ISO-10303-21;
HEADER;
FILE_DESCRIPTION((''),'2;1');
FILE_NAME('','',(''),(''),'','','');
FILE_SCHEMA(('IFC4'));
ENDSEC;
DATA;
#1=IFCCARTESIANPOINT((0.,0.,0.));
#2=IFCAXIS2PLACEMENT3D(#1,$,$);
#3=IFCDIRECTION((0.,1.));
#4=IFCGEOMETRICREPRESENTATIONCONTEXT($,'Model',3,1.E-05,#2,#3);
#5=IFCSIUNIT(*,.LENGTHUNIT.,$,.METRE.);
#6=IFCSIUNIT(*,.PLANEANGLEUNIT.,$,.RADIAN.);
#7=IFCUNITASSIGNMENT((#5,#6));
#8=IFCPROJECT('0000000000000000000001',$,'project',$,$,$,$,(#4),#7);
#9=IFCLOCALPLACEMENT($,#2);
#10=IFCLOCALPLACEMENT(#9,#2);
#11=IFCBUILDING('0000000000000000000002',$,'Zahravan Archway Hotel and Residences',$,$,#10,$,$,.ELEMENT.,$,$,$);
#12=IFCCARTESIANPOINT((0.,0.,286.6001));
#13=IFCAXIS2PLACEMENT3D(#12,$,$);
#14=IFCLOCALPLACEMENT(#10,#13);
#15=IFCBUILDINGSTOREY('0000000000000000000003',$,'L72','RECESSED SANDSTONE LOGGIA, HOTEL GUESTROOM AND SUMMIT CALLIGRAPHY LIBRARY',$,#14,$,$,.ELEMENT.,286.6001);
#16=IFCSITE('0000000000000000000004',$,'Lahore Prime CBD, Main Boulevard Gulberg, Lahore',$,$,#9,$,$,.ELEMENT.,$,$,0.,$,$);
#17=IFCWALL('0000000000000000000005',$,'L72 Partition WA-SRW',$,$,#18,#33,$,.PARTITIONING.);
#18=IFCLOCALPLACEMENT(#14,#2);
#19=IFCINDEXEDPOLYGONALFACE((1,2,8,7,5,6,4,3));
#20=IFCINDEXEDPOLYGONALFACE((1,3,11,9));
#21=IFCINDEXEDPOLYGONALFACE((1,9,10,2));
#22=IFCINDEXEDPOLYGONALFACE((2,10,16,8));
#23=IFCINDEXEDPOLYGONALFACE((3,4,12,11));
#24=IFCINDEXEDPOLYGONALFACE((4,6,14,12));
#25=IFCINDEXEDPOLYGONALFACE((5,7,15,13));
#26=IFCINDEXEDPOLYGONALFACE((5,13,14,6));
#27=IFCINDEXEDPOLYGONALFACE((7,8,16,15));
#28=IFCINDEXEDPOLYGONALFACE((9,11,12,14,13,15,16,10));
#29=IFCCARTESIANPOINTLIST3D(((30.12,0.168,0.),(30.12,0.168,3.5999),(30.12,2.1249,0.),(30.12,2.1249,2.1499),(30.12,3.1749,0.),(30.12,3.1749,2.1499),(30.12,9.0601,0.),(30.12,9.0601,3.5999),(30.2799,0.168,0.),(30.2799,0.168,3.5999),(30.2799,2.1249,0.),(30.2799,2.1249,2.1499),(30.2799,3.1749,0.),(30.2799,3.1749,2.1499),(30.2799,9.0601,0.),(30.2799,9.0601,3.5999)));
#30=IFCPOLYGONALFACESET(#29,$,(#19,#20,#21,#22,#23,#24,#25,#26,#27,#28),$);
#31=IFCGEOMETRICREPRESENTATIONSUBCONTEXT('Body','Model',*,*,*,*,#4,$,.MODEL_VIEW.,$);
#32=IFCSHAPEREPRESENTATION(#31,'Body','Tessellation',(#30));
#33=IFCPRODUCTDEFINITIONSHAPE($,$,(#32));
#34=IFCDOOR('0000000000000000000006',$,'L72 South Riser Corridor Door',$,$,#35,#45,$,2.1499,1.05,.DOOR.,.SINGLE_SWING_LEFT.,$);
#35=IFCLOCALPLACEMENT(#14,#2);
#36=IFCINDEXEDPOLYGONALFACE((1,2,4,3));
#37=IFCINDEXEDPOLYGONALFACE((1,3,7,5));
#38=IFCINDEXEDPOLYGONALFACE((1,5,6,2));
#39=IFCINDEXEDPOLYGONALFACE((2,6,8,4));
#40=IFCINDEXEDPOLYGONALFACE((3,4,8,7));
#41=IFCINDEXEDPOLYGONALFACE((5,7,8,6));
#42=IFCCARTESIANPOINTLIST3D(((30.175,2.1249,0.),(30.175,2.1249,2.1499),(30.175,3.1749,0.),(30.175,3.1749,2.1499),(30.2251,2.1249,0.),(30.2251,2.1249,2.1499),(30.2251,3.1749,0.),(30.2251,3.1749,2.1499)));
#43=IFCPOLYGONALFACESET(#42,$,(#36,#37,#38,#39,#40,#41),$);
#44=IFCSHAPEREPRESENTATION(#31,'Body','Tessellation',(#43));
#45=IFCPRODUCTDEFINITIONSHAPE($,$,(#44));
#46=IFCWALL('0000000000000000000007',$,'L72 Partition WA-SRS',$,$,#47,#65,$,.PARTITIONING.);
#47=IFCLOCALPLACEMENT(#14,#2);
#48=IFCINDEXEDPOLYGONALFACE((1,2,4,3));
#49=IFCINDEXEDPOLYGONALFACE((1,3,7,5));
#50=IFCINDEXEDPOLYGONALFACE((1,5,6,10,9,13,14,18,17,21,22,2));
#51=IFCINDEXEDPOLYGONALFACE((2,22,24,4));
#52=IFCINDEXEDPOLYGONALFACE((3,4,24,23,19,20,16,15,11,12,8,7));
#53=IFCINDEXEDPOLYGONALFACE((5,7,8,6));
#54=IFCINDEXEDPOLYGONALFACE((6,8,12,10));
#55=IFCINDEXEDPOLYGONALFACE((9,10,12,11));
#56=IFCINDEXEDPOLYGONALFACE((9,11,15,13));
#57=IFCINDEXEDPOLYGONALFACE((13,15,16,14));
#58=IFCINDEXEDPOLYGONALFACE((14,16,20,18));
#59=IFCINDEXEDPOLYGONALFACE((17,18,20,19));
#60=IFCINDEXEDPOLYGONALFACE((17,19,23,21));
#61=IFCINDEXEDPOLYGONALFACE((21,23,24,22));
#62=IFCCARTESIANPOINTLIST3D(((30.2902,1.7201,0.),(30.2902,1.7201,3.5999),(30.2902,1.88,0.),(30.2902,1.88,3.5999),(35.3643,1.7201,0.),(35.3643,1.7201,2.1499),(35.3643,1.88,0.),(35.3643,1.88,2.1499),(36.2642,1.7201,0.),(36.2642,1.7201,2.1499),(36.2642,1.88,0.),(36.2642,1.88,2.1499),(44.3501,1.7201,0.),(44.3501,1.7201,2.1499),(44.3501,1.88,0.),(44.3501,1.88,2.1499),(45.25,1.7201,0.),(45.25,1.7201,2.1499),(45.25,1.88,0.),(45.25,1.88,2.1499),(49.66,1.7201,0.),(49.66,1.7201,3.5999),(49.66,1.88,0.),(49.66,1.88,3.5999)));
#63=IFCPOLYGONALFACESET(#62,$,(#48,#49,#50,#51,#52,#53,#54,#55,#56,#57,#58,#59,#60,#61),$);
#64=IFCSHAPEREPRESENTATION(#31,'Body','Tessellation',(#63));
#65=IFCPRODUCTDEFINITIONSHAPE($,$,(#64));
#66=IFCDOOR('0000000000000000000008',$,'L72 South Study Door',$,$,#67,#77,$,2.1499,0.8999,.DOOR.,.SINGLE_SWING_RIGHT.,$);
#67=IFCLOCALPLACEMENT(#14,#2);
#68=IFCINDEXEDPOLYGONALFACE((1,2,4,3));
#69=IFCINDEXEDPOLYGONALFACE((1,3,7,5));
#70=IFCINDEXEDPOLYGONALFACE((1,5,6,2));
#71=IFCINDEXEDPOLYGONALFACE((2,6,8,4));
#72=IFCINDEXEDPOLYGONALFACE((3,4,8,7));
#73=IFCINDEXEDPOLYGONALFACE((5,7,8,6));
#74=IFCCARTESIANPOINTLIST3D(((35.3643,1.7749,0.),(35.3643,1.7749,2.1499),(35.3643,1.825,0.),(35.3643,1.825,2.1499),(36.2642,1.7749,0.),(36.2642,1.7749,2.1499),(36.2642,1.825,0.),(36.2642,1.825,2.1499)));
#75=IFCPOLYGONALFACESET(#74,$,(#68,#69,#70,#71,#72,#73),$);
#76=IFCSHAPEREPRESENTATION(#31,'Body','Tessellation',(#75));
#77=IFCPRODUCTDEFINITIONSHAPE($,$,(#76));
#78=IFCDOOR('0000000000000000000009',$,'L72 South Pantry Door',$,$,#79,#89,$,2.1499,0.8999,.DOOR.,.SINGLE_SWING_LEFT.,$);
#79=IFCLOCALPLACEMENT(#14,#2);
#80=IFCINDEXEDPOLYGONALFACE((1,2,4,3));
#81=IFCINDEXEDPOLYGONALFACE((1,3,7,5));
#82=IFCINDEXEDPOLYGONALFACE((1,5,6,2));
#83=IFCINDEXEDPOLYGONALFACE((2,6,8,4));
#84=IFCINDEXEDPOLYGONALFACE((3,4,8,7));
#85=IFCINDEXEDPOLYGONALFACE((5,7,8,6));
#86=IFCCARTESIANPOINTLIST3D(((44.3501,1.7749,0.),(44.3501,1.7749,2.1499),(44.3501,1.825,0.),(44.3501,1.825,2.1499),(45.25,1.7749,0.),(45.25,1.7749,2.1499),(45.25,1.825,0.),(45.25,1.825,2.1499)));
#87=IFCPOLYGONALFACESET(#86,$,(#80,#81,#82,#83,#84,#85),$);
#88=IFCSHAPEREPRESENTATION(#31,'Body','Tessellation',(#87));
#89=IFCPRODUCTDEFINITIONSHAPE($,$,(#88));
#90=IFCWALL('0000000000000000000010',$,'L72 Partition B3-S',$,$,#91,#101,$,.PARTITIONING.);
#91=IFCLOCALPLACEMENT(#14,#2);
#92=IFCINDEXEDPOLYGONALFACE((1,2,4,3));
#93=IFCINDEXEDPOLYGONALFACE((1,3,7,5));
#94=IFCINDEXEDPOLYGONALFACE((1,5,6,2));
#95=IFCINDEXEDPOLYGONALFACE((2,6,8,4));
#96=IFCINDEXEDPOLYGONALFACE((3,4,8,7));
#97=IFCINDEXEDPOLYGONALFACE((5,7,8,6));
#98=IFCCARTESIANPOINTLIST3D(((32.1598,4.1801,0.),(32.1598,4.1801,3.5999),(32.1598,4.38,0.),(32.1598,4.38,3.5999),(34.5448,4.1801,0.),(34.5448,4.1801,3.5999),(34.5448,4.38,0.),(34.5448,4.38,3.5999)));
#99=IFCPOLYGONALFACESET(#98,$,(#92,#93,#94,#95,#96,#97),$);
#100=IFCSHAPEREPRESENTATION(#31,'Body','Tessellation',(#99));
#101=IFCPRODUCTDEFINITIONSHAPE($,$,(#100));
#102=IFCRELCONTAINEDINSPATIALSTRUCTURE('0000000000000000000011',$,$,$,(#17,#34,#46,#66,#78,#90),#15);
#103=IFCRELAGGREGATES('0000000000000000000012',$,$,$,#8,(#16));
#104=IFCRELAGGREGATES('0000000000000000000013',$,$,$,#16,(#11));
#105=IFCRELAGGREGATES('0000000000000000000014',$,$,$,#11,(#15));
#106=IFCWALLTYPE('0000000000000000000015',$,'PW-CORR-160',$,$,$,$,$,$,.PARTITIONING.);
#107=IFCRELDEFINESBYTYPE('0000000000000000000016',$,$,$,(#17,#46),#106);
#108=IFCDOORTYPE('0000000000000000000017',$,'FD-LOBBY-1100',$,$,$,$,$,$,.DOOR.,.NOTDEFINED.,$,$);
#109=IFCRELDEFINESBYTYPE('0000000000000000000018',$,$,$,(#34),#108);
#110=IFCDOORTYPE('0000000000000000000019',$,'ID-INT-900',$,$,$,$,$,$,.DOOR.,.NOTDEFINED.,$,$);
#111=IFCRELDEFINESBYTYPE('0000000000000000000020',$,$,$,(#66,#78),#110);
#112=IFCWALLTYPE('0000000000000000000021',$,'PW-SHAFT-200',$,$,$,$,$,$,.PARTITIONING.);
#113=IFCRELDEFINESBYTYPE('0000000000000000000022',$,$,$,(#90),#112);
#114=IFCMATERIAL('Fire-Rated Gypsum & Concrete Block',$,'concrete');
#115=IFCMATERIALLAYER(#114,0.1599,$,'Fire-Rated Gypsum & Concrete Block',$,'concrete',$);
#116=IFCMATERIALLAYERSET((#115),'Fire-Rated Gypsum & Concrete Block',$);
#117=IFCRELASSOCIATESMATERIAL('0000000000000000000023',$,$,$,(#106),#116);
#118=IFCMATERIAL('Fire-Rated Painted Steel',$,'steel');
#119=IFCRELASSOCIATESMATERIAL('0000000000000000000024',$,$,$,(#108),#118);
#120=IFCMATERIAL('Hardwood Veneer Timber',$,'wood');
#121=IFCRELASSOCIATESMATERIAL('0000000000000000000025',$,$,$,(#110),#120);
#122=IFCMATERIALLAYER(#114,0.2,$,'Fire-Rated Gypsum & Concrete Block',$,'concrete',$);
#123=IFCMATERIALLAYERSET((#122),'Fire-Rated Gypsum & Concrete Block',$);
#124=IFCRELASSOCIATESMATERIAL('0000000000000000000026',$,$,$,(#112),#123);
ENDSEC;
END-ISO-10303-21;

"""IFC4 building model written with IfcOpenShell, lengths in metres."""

from ifc_helpers import new_model, si_unit, direction, frame, frame_2d, origin, place, context, subcontext, project, spatial, rectangle, extrude, source, transform, mapped, material, layer, layer_set, type_object, type_shapes, element, fill, save


model = new_model("IFC4")

# Units and contexts
model_context = context("Model", 3, precision=1e-05, world=origin(), true_north=direction((0.0, 1.0)))
body_context = subcontext(model_context, "Body", "Model", "MODEL_VIEW")
ifc_project = project(units=[si_unit("LENGTHUNIT", "METRE"), si_unit("PLANEANGLEUNIT", "RADIAN")], contexts=[model_context])

# Site, building, storey
site_placement = place(None, origin())
site = spatial("IfcSite", under=ifc_project, at=site_placement, Name="Lahore Prime CBD, Main Boulevard Gulberg, Lahore", CompositionType="ELEMENT", RefElevation=0.0)
building_placement = place(site_placement, origin())
building = spatial("IfcBuilding", under=site, at=building_placement, Name="Zahravan Archway Hotel and Residences", CompositionType="ELEMENT")
storey_placement = place(building_placement, frame((0.0, 0.0, 286.6001)))
storey = spatial("IfcBuildingStorey", under=building, at=storey_placement, Name="L72", Description="RECESSED SANDSTONE LOGGIA, HOTEL GUESTROOM AND SUMMIT CALLIGRAPHY LIBRARY", CompositionType="ELEMENT", Elevation=286.6001)

# Shared definitions
ifc_material_1 = material(Name="Fire-Rated Painted Steel", Category="steel")

# Wall, opening, door
ifc_material_2 = material(Name="Fire-Rated Gypsum & Concrete Block", Category="concrete")
ifc_layer_1 = layer(ifc_material_2, 0.1599, Name="Fire-Rated Gypsum & Concrete Block", Category="concrete")
ifc_layer_set_1 = layer_set([ifc_layer_1], Name="Fire-Rated Gypsum & Concrete Block")
wall_type_1 = type_object("IfcWallType", Name="PW-CORR-160", PredefinedType="PARTITIONING", material=ifc_layer_set_1)
wall_1_placement = place(storey_placement, frame((30.2, 0.168, 0.0), z_axis=(0.0, 0.0, 1.0), x_axis=(0.0, 1.0, 0.0)))
wall_1 = element("IfcWall", 1, at=wall_1_placement, inside=storey, type_object=wall_type_1, Name="L72 Partition WA-SRW", PredefinedType="PARTITIONING", context=body_context, shape_type="SweptSolid", body=[
    extrude(rectangle(XDim=8.8921, YDim=0.1599, at=frame_2d((4.446, 0.0))), origin(), (0.0, 0.0, 1.0), 3.5999),
])
opening_1_placement = place(wall_1_placement, frame((1.957, 0.0, 0.0)))
opening_1 = element("IfcOpeningElement", 2, at=opening_1_placement, cuts=wall_1, PredefinedType="OPENING", context=body_context, shape_type="SweptSolid", body=[
    extrude(rectangle(XDim=1.05, YDim=2.1499, at=frame_2d((0.5249, 1.075))), frame((0.0, 0.0898, 0.0), z_axis=(0.0, -1.0, 0.0), x_axis=(1.0, 0.0, 0.0)), (0.0, 0.0, 1.0), 0.1799),
])
door_type_1 = type_object("IfcDoorType", Name="FD-LOBBY-1100", OperationType="NOTDEFINED", PredefinedType="DOOR", material=ifc_material_1)
shared_shape_1 = source(origin(), body_context, "Body", "SweptSolid", [
    extrude(rectangle(XDim=1.05, YDim=2.1499, at=frame_2d((0.5249, 1.075))), frame((0.0, 0.0249, 0.0), z_axis=(0.0, -1.0, 0.0), x_axis=(1.0, 0.0, 0.0)), (0.0, 0.0, 1.0), 0.05),
])
type_shapes(door_type_1, [shared_shape_1])
door_1_placement = place(opening_1_placement, origin())
door_1 = element("IfcDoor", 3, at=door_1_placement, inside=storey, type_object=door_type_1, Name="L72 South Riser Corridor Door", OperationType="SINGLE_SWING_LEFT", OverallHeight=2.1499, OverallWidth=1.05, PredefinedType="DOOR", context=body_context, shape_type="MappedRepresentation", body=[
    mapped(shared_shape_1, transform((0.0, 0.0, 0.0), scale=1.0)),
])
fill(opening_1, door_1)

# Wall, openings, doors
wall_2_placement = place(storey_placement, frame((30.29, 1.8, 0.0), z_axis=(0.0, 0.0, 1.0), x_axis=(1.0, 0.0, 0.0)))
wall_2 = element("IfcWall", 4, at=wall_2_placement, inside=storey, type_object=wall_type_1, Name="L72 Partition WA-SRS", PredefinedType="PARTITIONING", context=body_context, shape_type="SweptSolid", body=[
    extrude(rectangle(XDim=19.3699, YDim=0.1599, at=frame_2d((9.6851, 0.0))), origin(), (0.0, 0.0, 1.0), 3.5999),
])
opening_2_placement = place(wall_2_placement, frame((5.0742, 0.0, 0.0)))
opening_2 = element("IfcOpeningElement", 5, at=opening_2_placement, cuts=wall_2, PredefinedType="OPENING", context=body_context, shape_type="SweptSolid", body=[
    extrude(rectangle(XDim=0.8999, YDim=2.1499, at=frame_2d((0.45, 1.075))), frame((0.0, 0.0898, 0.0), z_axis=(0.0, -1.0, 0.0), x_axis=(1.0, 0.0, 0.0)), (0.0, 0.0, 1.0), 0.1799),
])
opening_3_placement = place(wall_2_placement, frame((14.0601, 0.0, 0.0)))
opening_3 = element("IfcOpeningElement", 6, at=opening_3_placement, cuts=wall_2, PredefinedType="OPENING", context=body_context, shape_type="SweptSolid", body=[
    extrude(rectangle(XDim=0.8999, YDim=2.1499, at=frame_2d((0.45, 1.075))), frame((0.0, 0.0898, 0.0), z_axis=(0.0, -1.0, 0.0), x_axis=(1.0, 0.0, 0.0)), (0.0, 0.0, 1.0), 0.1799),
])
ifc_material_3 = material(Name="Hardwood Veneer Timber", Category="wood")
door_type_2 = type_object("IfcDoorType", Name="ID-INT-900", OperationType="NOTDEFINED", PredefinedType="DOOR", material=ifc_material_3)
shared_shape_2 = source(origin(), body_context, "Body", "SweptSolid", [
    extrude(rectangle(XDim=0.8999, YDim=2.1499, at=frame_2d((0.45, 1.075))), frame((0.0, 0.0249, 0.0), z_axis=(0.0, -1.0, 0.0), x_axis=(1.0, 0.0, 0.0)), (0.0, 0.0, 1.0), 0.05),
])
type_shapes(door_type_2, [shared_shape_2])
door_2_placement = place(opening_2_placement, origin())
door_2 = element("IfcDoor", 7, at=door_2_placement, inside=storey, type_object=door_type_2, Name="L72 South Study Door", OperationType="SINGLE_SWING_RIGHT", OverallHeight=2.1499, OverallWidth=0.8999, PredefinedType="DOOR", context=body_context, shape_type="MappedRepresentation", body=[
    mapped(shared_shape_2, transform((0.0, 0.0, 0.0), scale=1.0)),
])
fill(opening_2, door_2)
door_3_placement = place(opening_3_placement, origin())
door_3 = element("IfcDoor", 8, at=door_3_placement, inside=storey, type_object=door_type_2, Name="L72 South Pantry Door", OperationType="SINGLE_SWING_LEFT", OverallHeight=2.1499, OverallWidth=0.8999, PredefinedType="DOOR", context=body_context, shape_type="MappedRepresentation", body=[
    mapped(shared_shape_2, transform((0.0, 0.0, 0.0), scale=1.0)),
])
fill(opening_3, door_3)

# Wall
ifc_layer_2 = layer(ifc_material_2, 0.2, Name="Fire-Rated Gypsum & Concrete Block", Category="concrete")
ifc_layer_set_2 = layer_set([ifc_layer_2], Name="Fire-Rated Gypsum & Concrete Block")
wall_type_2 = type_object("IfcWallType", Name="PW-SHAFT-200", PredefinedType="PARTITIONING", material=ifc_layer_set_2)
wall_3_placement = place(storey_placement, frame((32.1599, 4.28, 0.0), z_axis=(0.0, 0.0, 1.0), x_axis=(1.0, 0.0, 0.0)))
element("IfcWall", 9, at=wall_3_placement, inside=storey, type_object=wall_type_2, Name="L72 Partition B3-S", PredefinedType="PARTITIONING", context=body_context, shape_type="SweptSolid", body=[
    extrude(rectangle(XDim=2.385, YDim=0.2, at=frame_2d((1.1924, 0.0))), origin(), (0.0, 0.0, 1.0), 3.5999),
])

save(model, "model.ifc")
